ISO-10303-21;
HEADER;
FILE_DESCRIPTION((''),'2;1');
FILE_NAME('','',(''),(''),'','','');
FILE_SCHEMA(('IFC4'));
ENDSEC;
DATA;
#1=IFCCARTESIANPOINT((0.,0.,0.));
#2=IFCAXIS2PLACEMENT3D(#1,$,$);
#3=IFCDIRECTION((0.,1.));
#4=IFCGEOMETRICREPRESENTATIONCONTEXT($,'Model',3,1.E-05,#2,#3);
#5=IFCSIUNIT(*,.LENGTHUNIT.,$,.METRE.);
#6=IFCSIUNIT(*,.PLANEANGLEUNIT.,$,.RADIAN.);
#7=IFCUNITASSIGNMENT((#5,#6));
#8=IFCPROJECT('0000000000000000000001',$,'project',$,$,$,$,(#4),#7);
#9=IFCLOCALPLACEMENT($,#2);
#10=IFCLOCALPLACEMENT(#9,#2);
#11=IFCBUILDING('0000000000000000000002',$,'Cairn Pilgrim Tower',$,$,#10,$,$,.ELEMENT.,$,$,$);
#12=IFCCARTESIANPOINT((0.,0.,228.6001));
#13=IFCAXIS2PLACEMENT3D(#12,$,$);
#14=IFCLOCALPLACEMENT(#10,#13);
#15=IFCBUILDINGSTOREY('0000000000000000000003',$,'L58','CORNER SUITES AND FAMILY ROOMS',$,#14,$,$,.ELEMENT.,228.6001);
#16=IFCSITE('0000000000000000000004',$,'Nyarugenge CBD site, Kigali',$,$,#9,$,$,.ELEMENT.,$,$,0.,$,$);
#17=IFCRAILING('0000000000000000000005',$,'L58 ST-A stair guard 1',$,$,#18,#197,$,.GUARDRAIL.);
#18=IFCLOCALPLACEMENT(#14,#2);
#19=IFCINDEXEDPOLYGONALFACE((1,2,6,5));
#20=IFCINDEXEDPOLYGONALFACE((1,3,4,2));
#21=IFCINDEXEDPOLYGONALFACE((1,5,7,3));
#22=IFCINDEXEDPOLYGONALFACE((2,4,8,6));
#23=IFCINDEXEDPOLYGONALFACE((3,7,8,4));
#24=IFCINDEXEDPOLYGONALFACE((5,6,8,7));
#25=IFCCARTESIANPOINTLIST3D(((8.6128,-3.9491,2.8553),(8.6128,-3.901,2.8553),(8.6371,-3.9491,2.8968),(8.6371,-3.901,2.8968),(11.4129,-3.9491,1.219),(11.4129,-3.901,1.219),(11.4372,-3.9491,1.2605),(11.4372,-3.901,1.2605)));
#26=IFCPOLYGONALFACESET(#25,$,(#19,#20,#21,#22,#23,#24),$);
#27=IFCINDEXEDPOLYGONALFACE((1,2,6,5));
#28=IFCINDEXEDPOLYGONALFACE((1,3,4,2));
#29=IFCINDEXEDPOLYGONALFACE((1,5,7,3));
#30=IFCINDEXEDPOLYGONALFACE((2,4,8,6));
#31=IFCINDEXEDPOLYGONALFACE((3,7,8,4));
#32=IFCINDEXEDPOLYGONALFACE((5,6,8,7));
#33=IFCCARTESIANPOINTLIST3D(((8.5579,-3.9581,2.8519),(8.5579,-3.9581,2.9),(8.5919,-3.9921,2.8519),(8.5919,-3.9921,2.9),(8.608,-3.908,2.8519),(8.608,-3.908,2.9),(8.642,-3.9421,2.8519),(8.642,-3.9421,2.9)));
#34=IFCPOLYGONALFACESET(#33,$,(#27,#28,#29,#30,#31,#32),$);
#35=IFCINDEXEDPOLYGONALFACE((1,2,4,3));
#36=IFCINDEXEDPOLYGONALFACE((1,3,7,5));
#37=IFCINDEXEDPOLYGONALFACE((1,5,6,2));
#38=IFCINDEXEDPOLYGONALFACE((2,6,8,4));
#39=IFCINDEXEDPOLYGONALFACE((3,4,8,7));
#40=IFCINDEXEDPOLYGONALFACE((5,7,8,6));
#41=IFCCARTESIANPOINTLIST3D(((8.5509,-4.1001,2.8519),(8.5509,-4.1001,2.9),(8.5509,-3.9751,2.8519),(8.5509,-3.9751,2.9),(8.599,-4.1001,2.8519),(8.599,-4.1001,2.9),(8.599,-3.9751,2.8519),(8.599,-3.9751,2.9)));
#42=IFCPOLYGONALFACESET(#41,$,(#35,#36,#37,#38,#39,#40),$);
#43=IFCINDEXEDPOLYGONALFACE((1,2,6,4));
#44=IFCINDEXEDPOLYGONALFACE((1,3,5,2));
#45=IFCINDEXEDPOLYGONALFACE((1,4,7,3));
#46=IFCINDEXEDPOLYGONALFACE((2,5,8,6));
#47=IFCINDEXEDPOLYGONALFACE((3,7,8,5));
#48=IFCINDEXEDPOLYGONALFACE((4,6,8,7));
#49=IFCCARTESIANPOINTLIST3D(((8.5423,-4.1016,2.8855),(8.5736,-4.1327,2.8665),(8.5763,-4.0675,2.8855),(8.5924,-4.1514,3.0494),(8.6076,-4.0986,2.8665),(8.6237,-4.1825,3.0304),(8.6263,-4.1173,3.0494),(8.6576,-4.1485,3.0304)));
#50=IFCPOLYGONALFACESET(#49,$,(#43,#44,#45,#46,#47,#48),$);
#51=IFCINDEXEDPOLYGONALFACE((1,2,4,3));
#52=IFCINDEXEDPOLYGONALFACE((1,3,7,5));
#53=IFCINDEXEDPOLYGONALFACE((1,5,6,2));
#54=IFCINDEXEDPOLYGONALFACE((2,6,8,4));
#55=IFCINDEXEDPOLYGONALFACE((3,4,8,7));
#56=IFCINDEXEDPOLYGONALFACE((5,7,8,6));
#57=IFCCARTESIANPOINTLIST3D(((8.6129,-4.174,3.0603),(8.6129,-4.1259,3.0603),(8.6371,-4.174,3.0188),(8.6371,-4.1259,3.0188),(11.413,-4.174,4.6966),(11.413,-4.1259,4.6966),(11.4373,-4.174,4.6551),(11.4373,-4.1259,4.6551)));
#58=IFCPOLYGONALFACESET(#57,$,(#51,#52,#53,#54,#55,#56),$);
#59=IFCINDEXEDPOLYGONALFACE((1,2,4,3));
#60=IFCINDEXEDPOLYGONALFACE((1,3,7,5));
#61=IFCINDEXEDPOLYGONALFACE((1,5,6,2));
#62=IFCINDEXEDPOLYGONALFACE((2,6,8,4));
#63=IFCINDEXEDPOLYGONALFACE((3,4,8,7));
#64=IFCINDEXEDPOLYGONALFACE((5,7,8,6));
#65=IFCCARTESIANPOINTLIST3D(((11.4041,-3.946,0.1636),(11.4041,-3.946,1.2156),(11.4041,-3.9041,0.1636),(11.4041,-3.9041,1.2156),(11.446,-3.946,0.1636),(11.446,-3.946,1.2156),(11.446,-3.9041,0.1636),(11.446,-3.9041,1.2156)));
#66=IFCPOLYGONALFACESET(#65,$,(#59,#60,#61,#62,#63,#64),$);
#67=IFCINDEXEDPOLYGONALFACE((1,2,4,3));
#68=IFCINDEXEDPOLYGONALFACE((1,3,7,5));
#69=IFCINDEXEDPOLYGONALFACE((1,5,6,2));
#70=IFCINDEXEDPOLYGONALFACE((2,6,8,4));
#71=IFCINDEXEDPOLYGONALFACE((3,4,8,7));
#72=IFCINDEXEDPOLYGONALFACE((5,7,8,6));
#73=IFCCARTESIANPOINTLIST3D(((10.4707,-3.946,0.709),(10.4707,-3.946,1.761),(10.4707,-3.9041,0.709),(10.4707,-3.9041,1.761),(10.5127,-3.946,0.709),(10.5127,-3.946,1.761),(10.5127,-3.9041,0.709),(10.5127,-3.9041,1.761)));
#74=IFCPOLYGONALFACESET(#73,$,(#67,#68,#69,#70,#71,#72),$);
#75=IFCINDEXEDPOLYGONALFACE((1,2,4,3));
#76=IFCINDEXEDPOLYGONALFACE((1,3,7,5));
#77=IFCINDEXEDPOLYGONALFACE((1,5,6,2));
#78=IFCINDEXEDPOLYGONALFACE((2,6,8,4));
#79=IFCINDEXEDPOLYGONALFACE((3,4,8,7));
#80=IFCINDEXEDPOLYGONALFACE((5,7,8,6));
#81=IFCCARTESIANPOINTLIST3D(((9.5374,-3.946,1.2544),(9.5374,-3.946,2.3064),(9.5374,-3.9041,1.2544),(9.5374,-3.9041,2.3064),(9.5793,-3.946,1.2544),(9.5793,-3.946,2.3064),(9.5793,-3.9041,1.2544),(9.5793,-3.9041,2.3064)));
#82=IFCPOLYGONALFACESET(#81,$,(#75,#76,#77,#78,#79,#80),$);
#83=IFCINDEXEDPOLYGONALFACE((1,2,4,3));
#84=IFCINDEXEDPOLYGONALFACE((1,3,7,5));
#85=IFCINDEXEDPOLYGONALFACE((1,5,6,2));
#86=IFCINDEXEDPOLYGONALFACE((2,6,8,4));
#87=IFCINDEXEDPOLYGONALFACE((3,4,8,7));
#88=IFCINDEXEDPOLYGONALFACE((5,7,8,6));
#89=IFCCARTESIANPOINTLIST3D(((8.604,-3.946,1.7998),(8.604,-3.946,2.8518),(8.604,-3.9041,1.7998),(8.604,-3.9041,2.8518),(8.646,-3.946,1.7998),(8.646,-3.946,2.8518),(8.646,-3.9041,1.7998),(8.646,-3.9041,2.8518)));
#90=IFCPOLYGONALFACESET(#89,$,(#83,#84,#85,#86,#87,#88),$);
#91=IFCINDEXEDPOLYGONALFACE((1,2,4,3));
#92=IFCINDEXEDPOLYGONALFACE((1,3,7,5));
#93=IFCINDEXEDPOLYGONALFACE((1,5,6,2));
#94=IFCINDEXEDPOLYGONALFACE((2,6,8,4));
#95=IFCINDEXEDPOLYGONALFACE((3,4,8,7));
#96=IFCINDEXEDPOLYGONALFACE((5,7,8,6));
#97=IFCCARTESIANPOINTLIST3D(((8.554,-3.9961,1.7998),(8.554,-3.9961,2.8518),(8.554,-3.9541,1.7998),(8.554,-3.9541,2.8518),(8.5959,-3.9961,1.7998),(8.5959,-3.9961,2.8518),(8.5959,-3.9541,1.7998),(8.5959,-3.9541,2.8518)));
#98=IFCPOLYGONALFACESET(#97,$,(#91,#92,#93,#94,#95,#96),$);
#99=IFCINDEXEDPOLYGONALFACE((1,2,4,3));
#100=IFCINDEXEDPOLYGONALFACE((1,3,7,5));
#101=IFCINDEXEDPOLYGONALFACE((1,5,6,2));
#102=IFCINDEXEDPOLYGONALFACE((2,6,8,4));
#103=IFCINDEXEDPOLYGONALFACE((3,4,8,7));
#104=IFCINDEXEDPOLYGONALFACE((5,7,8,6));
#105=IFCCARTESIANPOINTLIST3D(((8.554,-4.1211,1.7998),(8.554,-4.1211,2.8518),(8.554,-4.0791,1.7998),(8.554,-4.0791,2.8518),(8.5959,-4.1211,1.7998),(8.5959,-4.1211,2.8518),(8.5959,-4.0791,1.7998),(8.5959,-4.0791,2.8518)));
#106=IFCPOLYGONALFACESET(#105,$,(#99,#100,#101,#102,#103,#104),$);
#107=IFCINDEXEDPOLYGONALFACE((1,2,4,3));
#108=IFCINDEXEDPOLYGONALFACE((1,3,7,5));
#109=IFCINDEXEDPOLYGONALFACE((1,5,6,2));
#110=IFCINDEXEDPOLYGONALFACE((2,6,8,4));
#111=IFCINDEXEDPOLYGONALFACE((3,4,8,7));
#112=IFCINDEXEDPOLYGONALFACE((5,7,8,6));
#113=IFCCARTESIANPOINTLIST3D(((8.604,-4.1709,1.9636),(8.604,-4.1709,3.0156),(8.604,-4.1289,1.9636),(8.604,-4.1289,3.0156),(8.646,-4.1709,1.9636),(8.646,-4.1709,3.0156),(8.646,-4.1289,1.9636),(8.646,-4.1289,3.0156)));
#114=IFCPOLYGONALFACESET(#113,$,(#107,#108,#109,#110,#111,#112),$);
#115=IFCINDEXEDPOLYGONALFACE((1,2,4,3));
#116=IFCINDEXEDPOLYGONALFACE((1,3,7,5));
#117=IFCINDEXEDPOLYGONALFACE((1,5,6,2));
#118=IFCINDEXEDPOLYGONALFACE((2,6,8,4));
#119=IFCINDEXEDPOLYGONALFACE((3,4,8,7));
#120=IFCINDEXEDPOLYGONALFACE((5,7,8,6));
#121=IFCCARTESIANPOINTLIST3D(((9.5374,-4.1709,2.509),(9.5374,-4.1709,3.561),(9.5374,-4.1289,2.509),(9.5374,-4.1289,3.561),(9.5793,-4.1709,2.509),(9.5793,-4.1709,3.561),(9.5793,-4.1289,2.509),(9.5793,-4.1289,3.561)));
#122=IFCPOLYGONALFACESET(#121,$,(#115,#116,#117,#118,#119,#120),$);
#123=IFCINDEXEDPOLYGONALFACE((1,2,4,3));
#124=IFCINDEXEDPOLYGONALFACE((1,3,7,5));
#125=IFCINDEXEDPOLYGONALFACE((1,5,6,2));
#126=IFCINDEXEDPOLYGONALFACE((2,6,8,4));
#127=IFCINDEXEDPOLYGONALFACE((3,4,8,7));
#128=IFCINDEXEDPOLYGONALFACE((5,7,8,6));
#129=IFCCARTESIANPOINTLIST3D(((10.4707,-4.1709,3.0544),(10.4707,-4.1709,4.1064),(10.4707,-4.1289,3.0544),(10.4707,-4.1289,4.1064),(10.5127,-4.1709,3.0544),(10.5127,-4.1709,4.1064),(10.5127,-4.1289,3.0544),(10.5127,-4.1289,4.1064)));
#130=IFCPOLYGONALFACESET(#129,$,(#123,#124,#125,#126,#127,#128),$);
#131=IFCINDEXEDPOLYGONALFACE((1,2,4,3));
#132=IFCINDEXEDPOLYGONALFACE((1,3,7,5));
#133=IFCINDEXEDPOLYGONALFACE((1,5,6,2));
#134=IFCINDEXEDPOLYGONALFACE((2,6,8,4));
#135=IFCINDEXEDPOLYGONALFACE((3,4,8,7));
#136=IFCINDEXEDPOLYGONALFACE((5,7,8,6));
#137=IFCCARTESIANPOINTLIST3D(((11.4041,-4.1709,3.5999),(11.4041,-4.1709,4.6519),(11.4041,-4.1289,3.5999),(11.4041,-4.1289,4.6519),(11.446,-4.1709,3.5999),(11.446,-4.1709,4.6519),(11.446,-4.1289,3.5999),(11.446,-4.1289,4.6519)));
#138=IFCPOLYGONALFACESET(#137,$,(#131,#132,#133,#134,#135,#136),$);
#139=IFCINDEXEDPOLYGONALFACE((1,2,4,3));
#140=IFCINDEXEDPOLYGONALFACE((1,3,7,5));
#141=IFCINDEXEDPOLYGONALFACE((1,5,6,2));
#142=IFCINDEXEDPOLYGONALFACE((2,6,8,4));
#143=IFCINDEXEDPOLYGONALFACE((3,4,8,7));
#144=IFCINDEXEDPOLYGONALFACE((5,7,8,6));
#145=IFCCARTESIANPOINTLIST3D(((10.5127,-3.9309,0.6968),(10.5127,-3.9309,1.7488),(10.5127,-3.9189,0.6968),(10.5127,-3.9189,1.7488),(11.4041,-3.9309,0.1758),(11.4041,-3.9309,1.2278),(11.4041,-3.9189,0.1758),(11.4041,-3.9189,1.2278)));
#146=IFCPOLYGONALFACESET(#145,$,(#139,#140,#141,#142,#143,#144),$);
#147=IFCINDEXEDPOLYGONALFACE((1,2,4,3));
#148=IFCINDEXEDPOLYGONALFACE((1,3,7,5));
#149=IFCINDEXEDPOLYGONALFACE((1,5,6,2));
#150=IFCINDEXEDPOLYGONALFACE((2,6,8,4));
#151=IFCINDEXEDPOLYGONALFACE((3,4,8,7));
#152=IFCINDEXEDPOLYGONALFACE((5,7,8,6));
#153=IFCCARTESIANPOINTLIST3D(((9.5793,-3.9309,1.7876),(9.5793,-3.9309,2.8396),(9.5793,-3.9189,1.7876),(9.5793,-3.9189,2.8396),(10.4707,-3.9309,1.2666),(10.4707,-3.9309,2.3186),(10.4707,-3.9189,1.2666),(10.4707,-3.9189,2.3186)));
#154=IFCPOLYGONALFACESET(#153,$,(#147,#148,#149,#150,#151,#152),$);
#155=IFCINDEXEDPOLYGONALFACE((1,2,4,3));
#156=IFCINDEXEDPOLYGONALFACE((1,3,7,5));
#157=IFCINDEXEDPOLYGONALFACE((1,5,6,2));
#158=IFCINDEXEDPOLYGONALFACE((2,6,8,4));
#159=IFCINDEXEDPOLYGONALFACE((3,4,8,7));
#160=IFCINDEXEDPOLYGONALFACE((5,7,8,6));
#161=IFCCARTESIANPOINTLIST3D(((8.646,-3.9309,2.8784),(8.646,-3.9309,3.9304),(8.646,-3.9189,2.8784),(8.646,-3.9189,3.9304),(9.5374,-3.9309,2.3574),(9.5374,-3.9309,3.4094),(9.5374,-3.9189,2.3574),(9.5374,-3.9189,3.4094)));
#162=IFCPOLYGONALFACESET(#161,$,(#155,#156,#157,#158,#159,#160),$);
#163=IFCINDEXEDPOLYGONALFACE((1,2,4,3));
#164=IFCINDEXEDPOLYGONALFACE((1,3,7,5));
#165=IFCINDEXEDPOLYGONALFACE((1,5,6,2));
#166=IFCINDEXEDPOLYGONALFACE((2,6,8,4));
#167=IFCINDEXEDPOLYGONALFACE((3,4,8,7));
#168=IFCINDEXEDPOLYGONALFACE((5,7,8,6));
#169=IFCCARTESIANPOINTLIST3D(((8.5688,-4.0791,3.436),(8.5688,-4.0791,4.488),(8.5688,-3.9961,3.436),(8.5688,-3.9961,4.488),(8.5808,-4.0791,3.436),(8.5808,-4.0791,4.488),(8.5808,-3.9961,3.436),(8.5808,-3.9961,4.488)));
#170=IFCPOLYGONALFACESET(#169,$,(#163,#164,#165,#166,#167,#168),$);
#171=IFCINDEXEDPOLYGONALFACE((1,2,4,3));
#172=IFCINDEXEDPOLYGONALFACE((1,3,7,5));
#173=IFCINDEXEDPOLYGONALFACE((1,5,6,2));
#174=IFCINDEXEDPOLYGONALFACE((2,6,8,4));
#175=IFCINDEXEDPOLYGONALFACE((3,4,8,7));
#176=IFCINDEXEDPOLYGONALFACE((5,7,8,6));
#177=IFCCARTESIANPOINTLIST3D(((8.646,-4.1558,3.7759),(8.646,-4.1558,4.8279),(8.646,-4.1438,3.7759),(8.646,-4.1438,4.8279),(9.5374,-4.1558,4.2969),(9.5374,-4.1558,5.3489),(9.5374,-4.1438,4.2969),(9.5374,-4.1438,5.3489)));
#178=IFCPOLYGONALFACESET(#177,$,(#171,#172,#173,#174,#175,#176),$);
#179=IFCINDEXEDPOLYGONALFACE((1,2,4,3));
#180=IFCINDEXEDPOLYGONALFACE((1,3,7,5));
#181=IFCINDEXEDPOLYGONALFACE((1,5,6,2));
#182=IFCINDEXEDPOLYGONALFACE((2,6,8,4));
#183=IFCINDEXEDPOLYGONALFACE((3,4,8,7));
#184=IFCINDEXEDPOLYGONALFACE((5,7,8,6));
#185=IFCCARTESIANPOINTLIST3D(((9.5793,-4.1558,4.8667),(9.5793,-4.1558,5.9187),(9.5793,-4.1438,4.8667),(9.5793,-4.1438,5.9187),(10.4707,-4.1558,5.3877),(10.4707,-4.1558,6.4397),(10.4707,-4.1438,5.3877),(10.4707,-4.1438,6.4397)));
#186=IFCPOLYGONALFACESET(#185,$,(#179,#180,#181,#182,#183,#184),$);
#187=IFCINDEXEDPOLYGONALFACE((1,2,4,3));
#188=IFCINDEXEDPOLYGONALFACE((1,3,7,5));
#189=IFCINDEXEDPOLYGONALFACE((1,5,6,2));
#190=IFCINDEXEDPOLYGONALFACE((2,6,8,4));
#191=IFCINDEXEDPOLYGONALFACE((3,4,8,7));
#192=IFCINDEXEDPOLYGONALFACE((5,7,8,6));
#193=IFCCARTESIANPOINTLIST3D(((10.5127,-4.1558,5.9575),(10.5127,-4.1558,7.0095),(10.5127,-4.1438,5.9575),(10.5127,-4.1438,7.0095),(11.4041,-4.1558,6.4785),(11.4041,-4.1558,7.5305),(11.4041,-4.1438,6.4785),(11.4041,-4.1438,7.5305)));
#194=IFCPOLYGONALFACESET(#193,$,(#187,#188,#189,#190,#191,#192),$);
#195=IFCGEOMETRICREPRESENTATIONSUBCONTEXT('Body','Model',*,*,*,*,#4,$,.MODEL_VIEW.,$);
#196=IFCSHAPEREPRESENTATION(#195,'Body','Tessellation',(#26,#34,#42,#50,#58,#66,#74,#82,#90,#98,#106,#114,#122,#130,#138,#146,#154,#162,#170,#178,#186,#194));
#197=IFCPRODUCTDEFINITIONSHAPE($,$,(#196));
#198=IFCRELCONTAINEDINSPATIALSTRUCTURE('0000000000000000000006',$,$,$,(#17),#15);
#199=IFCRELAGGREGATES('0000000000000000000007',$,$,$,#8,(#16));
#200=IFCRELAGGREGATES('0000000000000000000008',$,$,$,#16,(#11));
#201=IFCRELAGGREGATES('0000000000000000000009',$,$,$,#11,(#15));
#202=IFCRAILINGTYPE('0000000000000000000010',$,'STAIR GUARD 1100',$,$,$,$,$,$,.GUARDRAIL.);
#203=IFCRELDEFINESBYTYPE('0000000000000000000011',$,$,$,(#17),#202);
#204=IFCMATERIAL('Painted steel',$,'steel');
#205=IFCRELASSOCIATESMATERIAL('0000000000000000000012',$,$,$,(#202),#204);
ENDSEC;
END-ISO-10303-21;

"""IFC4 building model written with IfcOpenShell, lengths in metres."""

from ifc_helpers import new_model, si_unit, direction, frame, origin, origin_2d, place, context, subcontext, project, spatial, polyline, rectangle, outline, extrude, material, type_object, element, save


model = new_model("IFC4")

# Units and contexts
model_context = context("Model", 3, precision=1e-05, world=origin(), true_north=direction((0.0, 1.0)))
body_context = subcontext(model_context, "Body", "Model", "MODEL_VIEW")
ifc_project = project(units=[si_unit("LENGTHUNIT", "METRE"), si_unit("PLANEANGLEUNIT", "RADIAN")], contexts=[model_context])

# Site, building, storey
site_placement = place(None, origin())
site = spatial("IfcSite", under=ifc_project, at=site_placement, Name="Nyarugenge CBD site, Kigali", CompositionType="ELEMENT", RefElevation=0.0)
building_placement = place(site_placement, origin())
building = spatial("IfcBuilding", under=site, at=building_placement, Name="Cairn Pilgrim Tower", CompositionType="ELEMENT")
storey_placement = place(building_placement, frame((0.0, 0.0, 228.6001)))
storey = spatial("IfcBuildingStorey", under=building, at=storey_placement, Name="L58", Description="CORNER SUITES AND FAMILY ROOMS", CompositionType="ELEMENT", Elevation=228.6001)

# Shared definitions
ifc_material_1 = material(Name="Painted steel", Category="steel")

# Railing
railing_type_1 = type_object("IfcRailingType", Name="STAIR GUARD 1100", PredefinedType="GUARDRAIL", material=ifc_material_1)
railing_1_placement = place(storey_placement, frame((11.425, -3.925, 0.1636)))
element("IfcRailing", 1, at=railing_1_placement, inside=storey, type_object=railing_type_1, Name="L58 ST-A stair guard 1", PredefinedType="GUARDRAIL", context=body_context, shape_type="SweptSolid", body=[
    extrude(rectangle(XDim=0.0481, YDim=0.0481, at=origin_2d()), frame((0.0, 0.0, 1.0762), z_axis=(-0.863394, 0.0, 0.504531), x_axis=(0.0, -1.0, 0.0)), (0.0, 0.0, 1.0), 3.2432),
    extrude(rectangle(XDim=0.0481, YDim=0.0481, at=origin_2d()), frame((-2.8, 0.0, 2.7124), z_axis=(-0.707107, -0.707107, 0.0), x_axis=(0.707107, -0.707107, 0.0)), (0.0, 0.0, 1.0), 0.0708),
    extrude(rectangle(XDim=0.0481, YDim=0.0481, at=origin_2d()), frame((-2.8501, -0.05, 2.7124), z_axis=(0.0, -1.0, 0.0), x_axis=(1.0, 0.0, 0.0)), (0.0, 0.0, 1.0), 0.125),
    extrude(rectangle(XDim=0.0481, YDim=0.0481, at=origin_2d()), frame((-2.8501, -0.175, 2.7124), z_axis=(0.280564, -0.279195, 0.918332), x_axis=(0.705376, 0.708834, 0.0)), (0.0, 0.0, 1.0), 0.1785),
    extrude(rectangle(XDim=0.0481, YDim=0.0481, at=origin_2d()), frame((-2.8, -0.2249, 2.876), z_axis=(0.863394, 0.0, 0.504531), x_axis=(0.0, 1.0, 0.0)), (0.0, 0.0, 1.0), 3.2432),
    extrude(rectangle(XDim=0.042, YDim=0.042, at=origin_2d()), origin(), (0.0, 0.0, 1.0), 1.052),
    extrude(rectangle(XDim=0.042, YDim=0.042, at=origin_2d()), frame((-0.9333, 0.0, 0.5454)), (0.0, 0.0, 1.0), 1.052),
    extrude(rectangle(XDim=0.042, YDim=0.042, at=origin_2d()), frame((-1.8667, 0.0, 1.0908)), (0.0, 0.0, 1.0), 1.052),
    extrude(rectangle(XDim=0.042, YDim=0.042, at=origin_2d()), frame((-2.8, 0.0, 1.6362)), (0.0, 0.0, 1.0), 1.052),
    extrude(rectangle(XDim=0.042, YDim=0.042, at=origin_2d()), frame((-2.8501, -0.05, 1.6362)), (0.0, 0.0, 1.0), 1.052),
    extrude(rectangle(XDim=0.042, YDim=0.042, at=origin_2d()), frame((-2.8501, -0.175, 1.6362)), (0.0, 0.0, 1.0), 1.052),
    extrude(rectangle(XDim=0.042, YDim=0.042, at=origin_2d()), frame((-2.8, -0.2249, 1.8)), (0.0, 0.0, 1.0), 1.052),
    extrude(rectangle(XDim=0.042, YDim=0.042, at=origin_2d()), frame((-1.8667, -0.2249, 2.3455)), (0.0, 0.0, 1.0), 1.052),
    extrude(rectangle(XDim=0.042, YDim=0.042, at=origin_2d()), frame((-0.9333, -0.2249, 2.8909)), (0.0, 0.0, 1.0), 1.052),
    extrude(rectangle(XDim=0.042, YDim=0.042, at=origin_2d()), frame((0.0, -0.2249, 3.4363)), (0.0, 0.0, 1.0), 1.052),
    extrude(outline(polyline([(0.021, 0.0122), (0.9124, 0.5332), (0.9124, 1.5852), (0.021, 1.0642), (0.021, 0.0122)])), frame((0.0, -0.0059, 0.0), z_axis=(0.0, 1.0, 0.0), x_axis=(-1.0, 0.0, 0.0)), (0.0, 0.0, 1.0), 0.012),
    extrude(outline(polyline([(0.021, 0.5576), (0.9124, 1.0786), (0.9124, 2.1306), (0.021, 1.6096), (0.021, 0.5576)])), frame((-0.9333, -0.0059, 0.5454), z_axis=(0.0, 1.0, 0.0), x_axis=(-1.0, 0.0, 0.0)), (0.0, 0.0, 1.0), 0.012),
    extrude(outline(polyline([(0.021, 1.103), (0.9124, 1.624), (0.9124, 2.676), (0.021, 2.155), (0.021, 1.103)])), frame((-1.8667, -0.0059, 1.0908), z_axis=(0.0, 1.0, 0.0), x_axis=(-1.0, 0.0, 0.0)), (0.0, 0.0, 1.0), 0.012),
    extrude(outline(polyline([(0.021, 1.6362), (0.104, 1.6362), (0.104, 2.6882), (0.021, 2.6882), (0.021, 1.6362)])), frame((-2.8442, -0.05, 1.6362), z_axis=(-1.0, 0.0, 0.0), x_axis=(0.0, -1.0, 0.0)), (0.0, 0.0, 1.0), 0.012),
    extrude(outline(polyline([(0.021, 1.8123), (0.9124, 2.3333), (0.9124, 3.3853), (0.021, 2.8643), (0.021, 1.8123)])), frame((-2.8, -0.2188, 1.8), z_axis=(0.0, -1.0, 0.0), x_axis=(1.0, 0.0, 0.0)), (0.0, 0.0, 1.0), 0.012),
    extrude(outline(polyline([(0.021, 2.3577), (0.9124, 2.8787), (0.9124, 3.9307), (0.021, 3.4097), (0.021, 2.3577)])), frame((-1.8667, -0.2188, 2.3455), z_axis=(0.0, -1.0, 0.0), x_axis=(1.0, 0.0, 0.0)), (0.0, 0.0, 1.0), 0.012),
    extrude(outline(polyline([(0.021, 2.9031), (0.9124, 3.4241), (0.9124, 4.4761), (0.021, 3.9551), (0.021, 2.9031)])), frame((-0.9333, -0.2188, 2.8909), z_axis=(0.0, -1.0, 0.0), x_axis=(1.0, 0.0, 0.0)), (0.0, 0.0, 1.0), 0.012),
])

save(model, "model.ifc")
